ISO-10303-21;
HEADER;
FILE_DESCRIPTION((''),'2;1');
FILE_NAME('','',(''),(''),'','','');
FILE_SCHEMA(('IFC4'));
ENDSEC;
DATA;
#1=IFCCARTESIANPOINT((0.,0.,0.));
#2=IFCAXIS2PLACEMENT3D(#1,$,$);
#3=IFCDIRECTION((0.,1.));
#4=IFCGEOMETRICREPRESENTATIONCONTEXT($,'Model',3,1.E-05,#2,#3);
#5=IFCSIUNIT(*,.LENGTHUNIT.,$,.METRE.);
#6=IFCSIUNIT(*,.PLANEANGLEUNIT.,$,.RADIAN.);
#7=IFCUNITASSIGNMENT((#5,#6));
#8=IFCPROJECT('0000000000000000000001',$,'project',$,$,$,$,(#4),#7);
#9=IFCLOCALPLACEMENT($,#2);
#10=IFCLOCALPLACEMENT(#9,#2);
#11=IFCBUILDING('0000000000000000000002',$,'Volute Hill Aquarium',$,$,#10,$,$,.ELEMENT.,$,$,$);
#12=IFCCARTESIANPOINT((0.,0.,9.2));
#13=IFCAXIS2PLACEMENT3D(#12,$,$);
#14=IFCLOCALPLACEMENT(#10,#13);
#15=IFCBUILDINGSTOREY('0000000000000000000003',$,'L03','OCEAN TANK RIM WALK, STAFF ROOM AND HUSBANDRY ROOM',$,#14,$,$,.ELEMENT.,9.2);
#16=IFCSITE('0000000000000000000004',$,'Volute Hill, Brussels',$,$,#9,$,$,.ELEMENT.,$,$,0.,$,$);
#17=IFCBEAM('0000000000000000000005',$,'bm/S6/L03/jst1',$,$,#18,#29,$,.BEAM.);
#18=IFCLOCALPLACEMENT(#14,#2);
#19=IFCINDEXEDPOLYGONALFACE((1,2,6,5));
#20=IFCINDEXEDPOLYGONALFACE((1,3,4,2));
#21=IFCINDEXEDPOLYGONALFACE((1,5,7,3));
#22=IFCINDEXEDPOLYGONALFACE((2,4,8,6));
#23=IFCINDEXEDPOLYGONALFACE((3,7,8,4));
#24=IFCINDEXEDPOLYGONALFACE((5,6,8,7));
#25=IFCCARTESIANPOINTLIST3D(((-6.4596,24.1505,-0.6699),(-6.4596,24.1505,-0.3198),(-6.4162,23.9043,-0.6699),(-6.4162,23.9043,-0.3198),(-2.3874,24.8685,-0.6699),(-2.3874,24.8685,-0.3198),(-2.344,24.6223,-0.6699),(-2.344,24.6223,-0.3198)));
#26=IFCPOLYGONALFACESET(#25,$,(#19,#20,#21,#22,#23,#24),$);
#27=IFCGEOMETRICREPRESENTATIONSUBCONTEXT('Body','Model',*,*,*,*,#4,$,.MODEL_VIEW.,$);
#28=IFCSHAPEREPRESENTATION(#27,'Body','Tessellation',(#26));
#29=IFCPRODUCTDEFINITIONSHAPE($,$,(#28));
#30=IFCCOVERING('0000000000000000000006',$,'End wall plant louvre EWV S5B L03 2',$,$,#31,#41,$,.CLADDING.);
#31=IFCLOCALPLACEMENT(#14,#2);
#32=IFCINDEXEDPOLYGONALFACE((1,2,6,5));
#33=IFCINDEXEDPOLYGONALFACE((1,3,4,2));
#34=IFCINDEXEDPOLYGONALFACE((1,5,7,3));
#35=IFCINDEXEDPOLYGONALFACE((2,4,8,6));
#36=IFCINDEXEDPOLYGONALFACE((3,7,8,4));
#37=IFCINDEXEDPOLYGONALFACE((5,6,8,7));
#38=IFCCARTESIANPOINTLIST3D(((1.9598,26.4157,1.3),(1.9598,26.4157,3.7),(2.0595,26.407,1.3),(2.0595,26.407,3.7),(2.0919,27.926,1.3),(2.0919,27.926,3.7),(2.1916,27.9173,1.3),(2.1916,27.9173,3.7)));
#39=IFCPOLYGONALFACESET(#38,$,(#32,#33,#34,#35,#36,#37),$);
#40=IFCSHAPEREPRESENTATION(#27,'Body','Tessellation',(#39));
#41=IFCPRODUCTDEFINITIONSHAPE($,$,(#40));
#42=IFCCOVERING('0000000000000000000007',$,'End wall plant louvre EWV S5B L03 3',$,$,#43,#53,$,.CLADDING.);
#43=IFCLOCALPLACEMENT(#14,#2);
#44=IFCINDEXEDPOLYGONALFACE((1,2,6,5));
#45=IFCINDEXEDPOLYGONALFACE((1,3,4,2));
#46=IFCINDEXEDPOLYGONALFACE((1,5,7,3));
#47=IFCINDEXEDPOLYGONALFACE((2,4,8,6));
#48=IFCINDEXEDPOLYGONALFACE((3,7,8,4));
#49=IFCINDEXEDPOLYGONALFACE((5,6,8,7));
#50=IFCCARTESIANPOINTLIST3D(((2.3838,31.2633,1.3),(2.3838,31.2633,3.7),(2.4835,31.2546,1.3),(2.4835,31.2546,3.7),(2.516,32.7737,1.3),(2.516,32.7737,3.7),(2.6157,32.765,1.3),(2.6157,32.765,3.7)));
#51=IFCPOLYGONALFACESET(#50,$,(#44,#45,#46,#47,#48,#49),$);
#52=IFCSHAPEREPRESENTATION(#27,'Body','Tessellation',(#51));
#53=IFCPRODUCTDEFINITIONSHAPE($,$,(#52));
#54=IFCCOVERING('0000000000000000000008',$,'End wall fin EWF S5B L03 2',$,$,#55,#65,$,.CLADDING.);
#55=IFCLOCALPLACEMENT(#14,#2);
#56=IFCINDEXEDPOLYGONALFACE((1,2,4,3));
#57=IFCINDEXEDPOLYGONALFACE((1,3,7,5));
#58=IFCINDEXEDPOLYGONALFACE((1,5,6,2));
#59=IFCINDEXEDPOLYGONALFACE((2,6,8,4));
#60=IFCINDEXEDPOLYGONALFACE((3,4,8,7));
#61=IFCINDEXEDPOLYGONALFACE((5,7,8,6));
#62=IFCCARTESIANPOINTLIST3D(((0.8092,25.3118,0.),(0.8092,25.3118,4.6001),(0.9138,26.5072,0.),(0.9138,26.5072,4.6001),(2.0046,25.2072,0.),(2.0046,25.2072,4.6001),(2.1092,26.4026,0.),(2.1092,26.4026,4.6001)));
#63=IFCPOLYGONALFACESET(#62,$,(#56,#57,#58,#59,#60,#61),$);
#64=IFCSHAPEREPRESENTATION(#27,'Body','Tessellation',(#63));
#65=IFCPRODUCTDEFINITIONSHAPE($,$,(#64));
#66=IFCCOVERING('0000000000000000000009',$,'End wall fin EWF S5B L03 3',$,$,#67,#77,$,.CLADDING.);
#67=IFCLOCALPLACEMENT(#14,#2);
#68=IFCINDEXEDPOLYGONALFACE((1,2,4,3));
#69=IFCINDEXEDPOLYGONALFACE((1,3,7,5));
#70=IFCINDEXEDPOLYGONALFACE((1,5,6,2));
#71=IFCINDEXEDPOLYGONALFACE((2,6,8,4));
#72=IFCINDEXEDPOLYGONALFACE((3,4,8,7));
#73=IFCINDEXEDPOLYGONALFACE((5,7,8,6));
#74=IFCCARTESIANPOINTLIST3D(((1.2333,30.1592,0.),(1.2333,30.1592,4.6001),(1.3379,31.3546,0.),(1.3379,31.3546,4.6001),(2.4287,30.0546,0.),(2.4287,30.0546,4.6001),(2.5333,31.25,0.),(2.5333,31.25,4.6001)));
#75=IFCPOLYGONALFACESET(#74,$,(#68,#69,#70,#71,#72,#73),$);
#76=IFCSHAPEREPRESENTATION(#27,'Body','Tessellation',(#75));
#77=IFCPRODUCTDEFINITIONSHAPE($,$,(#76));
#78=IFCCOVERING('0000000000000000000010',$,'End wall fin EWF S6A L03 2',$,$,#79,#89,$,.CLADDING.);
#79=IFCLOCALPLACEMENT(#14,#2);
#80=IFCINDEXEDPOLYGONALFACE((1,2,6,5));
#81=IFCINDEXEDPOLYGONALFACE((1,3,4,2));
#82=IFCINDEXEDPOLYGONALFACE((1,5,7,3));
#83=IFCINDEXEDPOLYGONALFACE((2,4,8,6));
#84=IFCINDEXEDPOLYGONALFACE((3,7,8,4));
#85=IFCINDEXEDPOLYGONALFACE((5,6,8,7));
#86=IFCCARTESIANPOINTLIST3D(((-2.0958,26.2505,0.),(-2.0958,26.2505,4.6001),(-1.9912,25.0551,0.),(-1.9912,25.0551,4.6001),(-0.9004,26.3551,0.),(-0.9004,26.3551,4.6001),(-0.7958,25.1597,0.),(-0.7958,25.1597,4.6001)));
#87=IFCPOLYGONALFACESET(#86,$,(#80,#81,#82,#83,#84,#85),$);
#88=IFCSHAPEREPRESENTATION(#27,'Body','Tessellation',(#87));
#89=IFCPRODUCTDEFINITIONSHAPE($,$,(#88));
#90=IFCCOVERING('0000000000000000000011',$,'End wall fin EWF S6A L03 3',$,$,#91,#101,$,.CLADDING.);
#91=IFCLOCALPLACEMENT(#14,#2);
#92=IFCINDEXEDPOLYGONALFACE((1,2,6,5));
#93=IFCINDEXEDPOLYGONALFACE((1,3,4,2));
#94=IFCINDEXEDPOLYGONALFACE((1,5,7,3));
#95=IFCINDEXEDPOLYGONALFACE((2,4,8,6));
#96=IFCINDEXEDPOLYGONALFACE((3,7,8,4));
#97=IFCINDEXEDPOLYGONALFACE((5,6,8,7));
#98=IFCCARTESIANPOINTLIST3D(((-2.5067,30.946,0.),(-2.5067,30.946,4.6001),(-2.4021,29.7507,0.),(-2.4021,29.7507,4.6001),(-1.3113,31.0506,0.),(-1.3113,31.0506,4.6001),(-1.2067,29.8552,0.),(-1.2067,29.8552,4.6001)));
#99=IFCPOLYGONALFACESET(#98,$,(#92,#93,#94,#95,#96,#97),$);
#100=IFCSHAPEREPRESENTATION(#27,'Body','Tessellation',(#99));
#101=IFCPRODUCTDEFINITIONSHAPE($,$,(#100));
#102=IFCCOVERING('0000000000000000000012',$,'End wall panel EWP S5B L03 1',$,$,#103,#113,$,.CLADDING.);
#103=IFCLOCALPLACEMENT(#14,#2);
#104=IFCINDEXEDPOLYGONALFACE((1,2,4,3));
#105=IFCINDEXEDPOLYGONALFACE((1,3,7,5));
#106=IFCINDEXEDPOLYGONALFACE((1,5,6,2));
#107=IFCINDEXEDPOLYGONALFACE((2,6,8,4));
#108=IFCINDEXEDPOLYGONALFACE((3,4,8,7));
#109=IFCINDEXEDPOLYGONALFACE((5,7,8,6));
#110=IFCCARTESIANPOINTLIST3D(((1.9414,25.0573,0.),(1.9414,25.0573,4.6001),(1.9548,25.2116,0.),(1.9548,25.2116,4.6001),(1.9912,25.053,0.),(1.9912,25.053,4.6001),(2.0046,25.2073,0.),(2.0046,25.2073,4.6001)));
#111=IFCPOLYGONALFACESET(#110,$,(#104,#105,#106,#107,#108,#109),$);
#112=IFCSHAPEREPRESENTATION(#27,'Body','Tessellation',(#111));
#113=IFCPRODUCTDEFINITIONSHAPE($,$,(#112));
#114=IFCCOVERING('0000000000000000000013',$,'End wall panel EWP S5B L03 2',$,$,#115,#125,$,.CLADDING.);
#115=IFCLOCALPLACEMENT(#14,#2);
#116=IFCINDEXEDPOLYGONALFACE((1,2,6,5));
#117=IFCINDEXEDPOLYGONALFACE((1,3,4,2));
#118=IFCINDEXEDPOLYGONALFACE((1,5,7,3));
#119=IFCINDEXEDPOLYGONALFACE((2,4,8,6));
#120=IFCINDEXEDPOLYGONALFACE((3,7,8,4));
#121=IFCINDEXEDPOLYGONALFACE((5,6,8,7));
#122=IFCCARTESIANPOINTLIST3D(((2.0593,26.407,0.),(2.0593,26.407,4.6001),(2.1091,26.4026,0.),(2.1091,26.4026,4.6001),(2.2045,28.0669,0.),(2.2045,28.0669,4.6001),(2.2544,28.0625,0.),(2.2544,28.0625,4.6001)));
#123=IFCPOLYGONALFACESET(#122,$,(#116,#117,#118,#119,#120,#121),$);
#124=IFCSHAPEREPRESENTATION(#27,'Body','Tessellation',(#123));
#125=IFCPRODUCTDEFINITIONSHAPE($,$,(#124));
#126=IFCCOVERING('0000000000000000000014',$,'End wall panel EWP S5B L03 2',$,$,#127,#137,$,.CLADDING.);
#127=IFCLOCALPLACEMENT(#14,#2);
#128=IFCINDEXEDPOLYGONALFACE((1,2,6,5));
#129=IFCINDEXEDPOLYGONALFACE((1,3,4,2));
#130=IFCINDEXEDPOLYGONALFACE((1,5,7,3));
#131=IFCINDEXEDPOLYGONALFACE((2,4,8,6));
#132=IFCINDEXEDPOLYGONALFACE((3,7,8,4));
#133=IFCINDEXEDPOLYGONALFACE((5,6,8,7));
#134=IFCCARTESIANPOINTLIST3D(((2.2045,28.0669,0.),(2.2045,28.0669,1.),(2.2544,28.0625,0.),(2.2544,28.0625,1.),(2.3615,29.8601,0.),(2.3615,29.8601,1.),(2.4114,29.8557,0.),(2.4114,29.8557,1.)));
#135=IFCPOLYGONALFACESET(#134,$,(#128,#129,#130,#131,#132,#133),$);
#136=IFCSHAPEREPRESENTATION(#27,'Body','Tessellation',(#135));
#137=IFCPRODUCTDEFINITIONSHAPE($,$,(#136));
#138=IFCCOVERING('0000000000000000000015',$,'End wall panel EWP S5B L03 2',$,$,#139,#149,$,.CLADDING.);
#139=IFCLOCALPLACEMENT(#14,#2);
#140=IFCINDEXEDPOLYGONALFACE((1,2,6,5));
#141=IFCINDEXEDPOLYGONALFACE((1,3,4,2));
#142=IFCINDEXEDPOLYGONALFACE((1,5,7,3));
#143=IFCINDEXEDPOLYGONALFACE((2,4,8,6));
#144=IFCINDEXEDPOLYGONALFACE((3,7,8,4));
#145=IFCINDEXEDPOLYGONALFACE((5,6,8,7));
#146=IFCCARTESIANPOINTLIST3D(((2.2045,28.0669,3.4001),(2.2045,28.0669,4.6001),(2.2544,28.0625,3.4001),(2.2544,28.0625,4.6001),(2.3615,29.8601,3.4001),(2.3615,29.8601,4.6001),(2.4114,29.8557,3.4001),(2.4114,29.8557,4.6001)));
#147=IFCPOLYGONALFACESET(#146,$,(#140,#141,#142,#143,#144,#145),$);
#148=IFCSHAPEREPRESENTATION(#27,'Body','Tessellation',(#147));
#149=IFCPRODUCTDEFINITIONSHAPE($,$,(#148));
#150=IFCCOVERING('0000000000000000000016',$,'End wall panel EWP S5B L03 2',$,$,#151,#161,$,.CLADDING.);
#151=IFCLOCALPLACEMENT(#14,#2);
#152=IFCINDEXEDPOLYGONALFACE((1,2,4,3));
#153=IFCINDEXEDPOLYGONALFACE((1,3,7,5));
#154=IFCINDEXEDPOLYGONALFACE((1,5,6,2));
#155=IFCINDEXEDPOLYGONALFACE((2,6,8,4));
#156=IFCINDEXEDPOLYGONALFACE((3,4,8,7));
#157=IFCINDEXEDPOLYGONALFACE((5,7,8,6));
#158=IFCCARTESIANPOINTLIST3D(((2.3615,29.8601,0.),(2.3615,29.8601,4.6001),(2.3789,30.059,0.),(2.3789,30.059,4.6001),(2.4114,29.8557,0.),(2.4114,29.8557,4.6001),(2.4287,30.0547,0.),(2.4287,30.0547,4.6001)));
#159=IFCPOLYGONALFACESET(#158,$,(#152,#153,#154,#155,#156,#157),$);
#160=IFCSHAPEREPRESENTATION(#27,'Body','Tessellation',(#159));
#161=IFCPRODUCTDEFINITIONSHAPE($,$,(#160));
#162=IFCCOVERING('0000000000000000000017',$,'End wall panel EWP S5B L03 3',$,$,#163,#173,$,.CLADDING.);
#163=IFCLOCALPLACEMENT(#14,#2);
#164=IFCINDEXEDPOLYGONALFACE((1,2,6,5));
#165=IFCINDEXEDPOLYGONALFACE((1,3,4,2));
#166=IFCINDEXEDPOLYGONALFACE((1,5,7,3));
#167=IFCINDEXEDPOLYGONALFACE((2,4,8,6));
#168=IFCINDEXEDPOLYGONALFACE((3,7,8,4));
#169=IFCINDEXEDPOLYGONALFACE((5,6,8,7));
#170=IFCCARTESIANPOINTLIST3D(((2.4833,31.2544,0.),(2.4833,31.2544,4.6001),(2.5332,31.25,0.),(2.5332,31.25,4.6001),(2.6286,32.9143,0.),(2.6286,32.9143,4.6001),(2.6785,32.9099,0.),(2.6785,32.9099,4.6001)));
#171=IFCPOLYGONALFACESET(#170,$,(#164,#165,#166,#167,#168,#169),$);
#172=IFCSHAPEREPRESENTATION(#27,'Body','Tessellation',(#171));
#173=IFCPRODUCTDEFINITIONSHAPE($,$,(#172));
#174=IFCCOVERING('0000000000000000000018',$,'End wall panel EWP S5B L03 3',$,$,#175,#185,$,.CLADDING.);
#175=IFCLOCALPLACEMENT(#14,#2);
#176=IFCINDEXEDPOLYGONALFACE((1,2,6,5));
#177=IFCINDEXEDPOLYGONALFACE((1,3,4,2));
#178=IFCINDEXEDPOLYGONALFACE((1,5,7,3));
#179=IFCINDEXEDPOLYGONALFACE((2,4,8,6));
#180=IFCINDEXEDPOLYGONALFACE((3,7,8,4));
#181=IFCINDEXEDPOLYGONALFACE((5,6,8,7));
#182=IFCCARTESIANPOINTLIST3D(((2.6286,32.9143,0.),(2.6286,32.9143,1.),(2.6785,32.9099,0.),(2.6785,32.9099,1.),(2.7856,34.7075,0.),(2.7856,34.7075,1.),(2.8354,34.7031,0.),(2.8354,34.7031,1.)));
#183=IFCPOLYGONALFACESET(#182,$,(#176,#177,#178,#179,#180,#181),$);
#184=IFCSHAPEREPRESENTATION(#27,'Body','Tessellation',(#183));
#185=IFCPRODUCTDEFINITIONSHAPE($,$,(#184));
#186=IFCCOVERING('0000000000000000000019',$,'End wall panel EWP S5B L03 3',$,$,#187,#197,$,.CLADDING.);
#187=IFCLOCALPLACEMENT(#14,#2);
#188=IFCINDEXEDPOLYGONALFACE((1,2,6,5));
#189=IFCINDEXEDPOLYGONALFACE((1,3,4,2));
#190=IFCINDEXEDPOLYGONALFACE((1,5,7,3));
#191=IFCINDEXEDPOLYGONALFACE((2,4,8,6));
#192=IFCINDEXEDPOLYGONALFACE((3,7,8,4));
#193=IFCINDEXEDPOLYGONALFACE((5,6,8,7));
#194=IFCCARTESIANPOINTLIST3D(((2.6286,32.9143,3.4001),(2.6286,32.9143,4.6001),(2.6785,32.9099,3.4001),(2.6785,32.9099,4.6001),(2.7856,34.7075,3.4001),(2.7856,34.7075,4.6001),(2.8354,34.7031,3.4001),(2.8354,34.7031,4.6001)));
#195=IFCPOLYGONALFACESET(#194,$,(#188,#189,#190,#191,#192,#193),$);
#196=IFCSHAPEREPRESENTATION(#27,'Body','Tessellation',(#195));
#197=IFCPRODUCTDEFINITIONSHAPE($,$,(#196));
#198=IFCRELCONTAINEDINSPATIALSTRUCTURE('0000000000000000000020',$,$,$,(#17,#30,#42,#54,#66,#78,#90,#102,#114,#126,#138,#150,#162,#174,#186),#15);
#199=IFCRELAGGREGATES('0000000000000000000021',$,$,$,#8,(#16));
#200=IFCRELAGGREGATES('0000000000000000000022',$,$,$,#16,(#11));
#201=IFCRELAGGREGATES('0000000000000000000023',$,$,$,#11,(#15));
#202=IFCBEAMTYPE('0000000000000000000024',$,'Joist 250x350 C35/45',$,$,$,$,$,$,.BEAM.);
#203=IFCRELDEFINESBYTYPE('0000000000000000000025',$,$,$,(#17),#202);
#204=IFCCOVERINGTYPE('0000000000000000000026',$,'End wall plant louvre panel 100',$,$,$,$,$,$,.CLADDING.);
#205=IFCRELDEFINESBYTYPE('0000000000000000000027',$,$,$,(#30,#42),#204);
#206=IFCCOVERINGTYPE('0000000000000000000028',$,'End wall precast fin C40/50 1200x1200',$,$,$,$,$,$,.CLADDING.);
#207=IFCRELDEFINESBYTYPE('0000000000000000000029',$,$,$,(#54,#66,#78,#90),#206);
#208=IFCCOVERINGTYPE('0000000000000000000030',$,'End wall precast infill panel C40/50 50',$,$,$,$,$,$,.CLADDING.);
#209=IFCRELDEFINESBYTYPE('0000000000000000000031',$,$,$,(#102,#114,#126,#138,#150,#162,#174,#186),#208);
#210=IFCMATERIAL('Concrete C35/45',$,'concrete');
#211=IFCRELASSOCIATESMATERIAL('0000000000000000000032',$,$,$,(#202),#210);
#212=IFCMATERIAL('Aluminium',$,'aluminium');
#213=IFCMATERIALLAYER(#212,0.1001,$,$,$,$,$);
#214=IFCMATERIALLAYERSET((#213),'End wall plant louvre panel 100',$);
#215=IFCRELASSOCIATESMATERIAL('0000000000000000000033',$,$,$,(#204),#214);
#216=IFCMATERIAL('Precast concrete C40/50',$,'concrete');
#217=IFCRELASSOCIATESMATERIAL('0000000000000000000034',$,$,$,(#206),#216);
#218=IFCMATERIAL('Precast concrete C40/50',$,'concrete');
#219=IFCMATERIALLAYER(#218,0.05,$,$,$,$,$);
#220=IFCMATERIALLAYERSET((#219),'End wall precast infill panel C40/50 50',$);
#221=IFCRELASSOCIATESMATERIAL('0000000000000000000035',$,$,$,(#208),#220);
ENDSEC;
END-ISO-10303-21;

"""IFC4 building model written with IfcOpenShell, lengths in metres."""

from ifc_helpers import new_model, si_unit, direction, frame, origin, origin_2d, place, context, subcontext, project, spatial, polyline, rectangle, outline, extrude, material, layer, layer_set, material_profile, profile_set, type_object, element, save


model = new_model("IFC4")

# Units and contexts
model_context = context("Model", 3, precision=1e-05, world=origin(), true_north=direction((0.0, 1.0)))
body_context = subcontext(model_context, "Body", "Model", "MODEL_VIEW")
ifc_project = project(units=[si_unit("LENGTHUNIT", "METRE"), si_unit("PLANEANGLEUNIT", "RADIAN")], contexts=[model_context])

# Site, building, storey
site_placement = place(None, origin())
site = spatial("IfcSite", under=ifc_project, at=site_placement, Name="Volute Hill, Brussels", CompositionType="ELEMENT", RefElevation=0.0)
building_placement = place(site_placement, origin())
building = spatial("IfcBuilding", under=site, at=building_placement, Name="Volute Hill Aquarium", CompositionType="ELEMENT")
storey_placement = place(building_placement, frame((0.0, 0.0, 9.2)))
storey = spatial("IfcBuildingStorey", under=building, at=storey_placement, Name="L03", Description="OCEAN TANK RIM WALK, STAFF ROOM AND HUSBANDRY ROOM", CompositionType="ELEMENT", Elevation=9.2)

# Beam
ifc_material_1 = material(Name="Concrete C35/45", Category="concrete")
ifc_material_profile = material_profile(ifc_material_1, rectangle(XDim=0.25, YDim=0.3501, at=origin_2d()), Name="RC joist 250x350")
ifc_profile_set = profile_set([ifc_material_profile], Name="Concrete C35/45")
beam_type = type_object("IfcBeamType", Name="Joist 250x350 C35/45", PredefinedType="BEAM", material=ifc_profile_set)
beam_placement = place(storey_placement, frame((-2.3657, 24.7454, -0.4949), z_axis=(-0.984809, -0.173641, 0.0), x_axis=(0.173641, -0.984809, 0.0)))
element("IfcBeam", 1, at=beam_placement, inside=storey, type_object=beam_type, Name="bm/S6/L03/jst1", PredefinedType="BEAM", context=body_context, shape_type="SweptSolid", body=[
    extrude(rectangle(XDim=0.25, YDim=0.3501, at=origin_2d()), origin(), (0.0, 0.0, 1.0), 4.135),
])

# Coverings
ifc_material_2 = material(Name="Aluminium", Category="aluminium")
ifc_layer_1 = layer(ifc_material_2, 0.1001)
ifc_layer_set_1 = layer_set([ifc_layer_1], Name="End wall plant louvre panel 100")
covering_type_1 = type_object("IfcCoveringType", Name="End wall plant louvre panel 100", PredefinedType="CLADDING", material=ifc_layer_set_1)
for number, where, z_axis, x_axis, name in (
    (2, (2.0757, 27.1665, 1.3), (0.0, 0.0, 1.0), (0.087154, 0.996195, 0.0), "End wall plant louvre EWV S5B L03 2"),
    (3, (2.4998, 32.0142, 1.3), (0.0, 0.0, 1.0), (0.087154, 0.996195, 0.0), "End wall plant louvre EWV S5B L03 3"),
):
    element("IfcCovering", number, at=place(storey_placement, frame(where, z_axis=z_axis, x_axis=x_axis)), inside=storey, type_object=covering_type_1, Name=name, PredefinedType="CLADDING", context=body_context, shape_type="SweptSolid", body=[
        extrude(rectangle(XDim=1.5161, YDim=0.1001, at=origin_2d()), origin(), (0.0, 0.0, 1.0), 2.3999),
    ])
ifc_material_3 = material(Name="Precast concrete C40/50", Category="concrete")
covering_type_2 = type_object("IfcCoveringType", Name="End wall precast fin C40/50 1200x1200", PredefinedType="CLADDING", material=ifc_material_3)
for number, where, z_axis, x_axis, name in (
    (4, (1.4592, 25.8572, 0.0), (0.0, 0.0, 1.0), (0.087154, 0.996195, 0.0), "End wall fin EWF S5B L03 2"),
    (5, (1.8833, 30.7046, 0.0), (0.0, 0.0, 1.0), (0.087154, 0.996195, 0.0), "End wall fin EWF S5B L03 3"),
    (6, (-1.4458, 25.7051, 0.0), (0.0, 0.0, 1.0), (-0.087155, 0.996195, 0.0), "End wall fin EWF S6A L03 2"),
    (7, (-1.8567, 30.4006, 0.0), (0.0, 0.0, 1.0), (-0.087155, 0.996195, 0.0), "End wall fin EWF S6A L03 3"),
):
    element("IfcCovering", number, at=place(storey_placement, frame(where, z_axis=z_axis, x_axis=x_axis)), inside=storey, type_object=covering_type_2, Name=name, PredefinedType="CLADDING", context=body_context, shape_type="SweptSolid", body=[
        extrude(rectangle(XDim=1.2, YDim=1.2, at=origin_2d()), origin(), (0.0, 0.0, 1.0), 4.6001),
    ])
ifc_material_4 = material(Name="Precast concrete C40/50", Category="concrete")
ifc_layer_2 = layer(ifc_material_4, 0.05)
ifc_layer_set_2 = layer_set([ifc_layer_2], Name="End wall precast infill panel C40/50 50")
covering_type_3 = type_object("IfcCoveringType", Name="End wall precast infill panel C40/50 50", PredefinedType="CLADDING", material=ifc_layer_set_2)
covering_1_placement = place(storey_placement, frame((1.9912, 25.053, 0.0), z_axis=(0.996235, -0.086698, 0.0), x_axis=(0.086698, 0.996235, 0.0)))
element("IfcCovering", 8, at=covering_1_placement, inside=storey, type_object=covering_type_3, Name="End wall panel EWP S5B L03 1", PredefinedType="CLADDING", context=body_context, shape_type="SweptSolid", body=[
    extrude(outline(polyline([(0.0, 0.0), (0.1549, 0.0), (0.1549, 4.6001), (0.0, 4.6001), (0.0, 0.0)])), origin(), (0.0, 0.0, -1.0), 0.05),
])
covering_2_placement = place(storey_placement, frame((2.1091, 26.4026, 0.0), z_axis=(0.996193, -0.08718, 0.0), x_axis=(0.08718, 0.996193, 0.0)))
element("IfcCovering", 9, at=covering_2_placement, inside=storey, type_object=covering_type_3, Name="End wall panel EWP S5B L03 2", PredefinedType="CLADDING", context=body_context, shape_type="SweptSolid", body=[
    extrude(outline(polyline([(0.0, 0.0), (1.6663, 0.0), (1.6663, 4.6001), (0.0, 4.6001), (0.0, 0.0)])), origin(), (0.0, 0.0, -1.0), 0.05),
])
covering_3_placement = place(storey_placement, frame((2.2544, 28.0625, 0.0), z_axis=(0.99619, -0.087209, 0.0), x_axis=(0.087209, 0.99619, 0.0)))
element("IfcCovering", 10, at=covering_3_placement, inside=storey, type_object=covering_type_3, Name="End wall panel EWP S5B L03 2", PredefinedType="CLADDING", context=body_context, shape_type="SweptSolid", body=[
    extrude(outline(polyline([(0.0, 0.0), (1.8001, 0.0), (1.8001, 1.0), (0.0, 1.0), (0.0, 0.0)])), origin(), (0.0, 0.0, -1.0), 0.05),
])
covering_4_placement = place(storey_placement, frame((2.2544, 28.0625, 3.4001), z_axis=(0.99619, -0.087209, 0.0), x_axis=(0.087209, 0.99619, 0.0)))
element("IfcCovering", 11, at=covering_4_placement, inside=storey, type_object=covering_type_3, Name="End wall panel EWP S5B L03 2", PredefinedType="CLADDING", context=body_context, shape_type="SweptSolid", body=[
    extrude(outline(polyline([(0.0, 0.0), (1.8001, 0.0), (1.8001, 1.2), (0.0, 1.2), (0.0, 0.0)])), origin(), (0.0, 0.0, -1.0), 0.05),
])
covering_5_placement = place(storey_placement, frame((2.4114, 29.8557, 0.0), z_axis=(0.996227, -0.086788, 0.0), x_axis=(0.086788, 0.996227, 0.0)))
element("IfcCovering", 12, at=covering_5_placement, inside=storey, type_object=covering_type_3, Name="End wall panel EWP S5B L03 2", PredefinedType="CLADDING", context=body_context, shape_type="SweptSolid", body=[
    extrude(outline(polyline([(0.0, 0.0), (0.1997, 0.0), (0.1997, 4.6001), (0.0, 4.6001), (0.0, 0.0)])), origin(), (0.0, 0.0, -1.0), 0.05),
])
covering_6_placement = place(storey_placement, frame((2.5332, 31.25, 0.0), z_axis=(0.996193, -0.08718, 0.0), x_axis=(0.08718, 0.996193, 0.0)))
element("IfcCovering", 13, at=covering_6_placement, inside=storey, type_object=covering_type_3, Name="End wall panel EWP S5B L03 3", PredefinedType="CLADDING", context=body_context, shape_type="SweptSolid", body=[
    extrude(outline(polyline([(0.0, 0.0), (1.6663, 0.0), (1.6663, 4.6001), (0.0, 4.6001), (0.0, 0.0)])), origin(), (0.0, 0.0, -1.0), 0.05),
])
covering_7_placement = place(storey_placement, frame((2.6785, 32.9099, 0.0), z_axis=(0.99619, -0.087209, 0.0), x_axis=(0.087209, 0.99619, 0.0)))
element("IfcCovering", 14, at=covering_7_placement, inside=storey, type_object=covering_type_3, Name="End wall panel EWP S5B L03 3", PredefinedType="CLADDING", context=body_context, shape_type="SweptSolid", body=[
    extrude(outline(polyline([(0.0, 0.0), (1.8001, 0.0), (1.8001, 1.0), (0.0, 1.0), (0.0, 0.0)])), origin(), (0.0, 0.0, -1.0), 0.05),
])
covering_8_placement = place(storey_placement, frame((2.6785, 32.9099, 3.4001), z_axis=(0.99619, -0.087209, 0.0), x_axis=(0.087209, 0.99619, 0.0)))
element("IfcCovering", 15, at=covering_8_placement, inside=storey, type_object=covering_type_3, Name="End wall panel EWP S5B L03 3", PredefinedType="CLADDING", context=body_context, shape_type="SweptSolid", body=[
    extrude(outline(polyline([(0.0, 0.0), (1.8001, 0.0), (1.8001, 1.2), (0.0, 1.2), (0.0, 0.0)])), origin(), (0.0, 0.0, -1.0), 0.05),
])

save(model, "model.ifc")
